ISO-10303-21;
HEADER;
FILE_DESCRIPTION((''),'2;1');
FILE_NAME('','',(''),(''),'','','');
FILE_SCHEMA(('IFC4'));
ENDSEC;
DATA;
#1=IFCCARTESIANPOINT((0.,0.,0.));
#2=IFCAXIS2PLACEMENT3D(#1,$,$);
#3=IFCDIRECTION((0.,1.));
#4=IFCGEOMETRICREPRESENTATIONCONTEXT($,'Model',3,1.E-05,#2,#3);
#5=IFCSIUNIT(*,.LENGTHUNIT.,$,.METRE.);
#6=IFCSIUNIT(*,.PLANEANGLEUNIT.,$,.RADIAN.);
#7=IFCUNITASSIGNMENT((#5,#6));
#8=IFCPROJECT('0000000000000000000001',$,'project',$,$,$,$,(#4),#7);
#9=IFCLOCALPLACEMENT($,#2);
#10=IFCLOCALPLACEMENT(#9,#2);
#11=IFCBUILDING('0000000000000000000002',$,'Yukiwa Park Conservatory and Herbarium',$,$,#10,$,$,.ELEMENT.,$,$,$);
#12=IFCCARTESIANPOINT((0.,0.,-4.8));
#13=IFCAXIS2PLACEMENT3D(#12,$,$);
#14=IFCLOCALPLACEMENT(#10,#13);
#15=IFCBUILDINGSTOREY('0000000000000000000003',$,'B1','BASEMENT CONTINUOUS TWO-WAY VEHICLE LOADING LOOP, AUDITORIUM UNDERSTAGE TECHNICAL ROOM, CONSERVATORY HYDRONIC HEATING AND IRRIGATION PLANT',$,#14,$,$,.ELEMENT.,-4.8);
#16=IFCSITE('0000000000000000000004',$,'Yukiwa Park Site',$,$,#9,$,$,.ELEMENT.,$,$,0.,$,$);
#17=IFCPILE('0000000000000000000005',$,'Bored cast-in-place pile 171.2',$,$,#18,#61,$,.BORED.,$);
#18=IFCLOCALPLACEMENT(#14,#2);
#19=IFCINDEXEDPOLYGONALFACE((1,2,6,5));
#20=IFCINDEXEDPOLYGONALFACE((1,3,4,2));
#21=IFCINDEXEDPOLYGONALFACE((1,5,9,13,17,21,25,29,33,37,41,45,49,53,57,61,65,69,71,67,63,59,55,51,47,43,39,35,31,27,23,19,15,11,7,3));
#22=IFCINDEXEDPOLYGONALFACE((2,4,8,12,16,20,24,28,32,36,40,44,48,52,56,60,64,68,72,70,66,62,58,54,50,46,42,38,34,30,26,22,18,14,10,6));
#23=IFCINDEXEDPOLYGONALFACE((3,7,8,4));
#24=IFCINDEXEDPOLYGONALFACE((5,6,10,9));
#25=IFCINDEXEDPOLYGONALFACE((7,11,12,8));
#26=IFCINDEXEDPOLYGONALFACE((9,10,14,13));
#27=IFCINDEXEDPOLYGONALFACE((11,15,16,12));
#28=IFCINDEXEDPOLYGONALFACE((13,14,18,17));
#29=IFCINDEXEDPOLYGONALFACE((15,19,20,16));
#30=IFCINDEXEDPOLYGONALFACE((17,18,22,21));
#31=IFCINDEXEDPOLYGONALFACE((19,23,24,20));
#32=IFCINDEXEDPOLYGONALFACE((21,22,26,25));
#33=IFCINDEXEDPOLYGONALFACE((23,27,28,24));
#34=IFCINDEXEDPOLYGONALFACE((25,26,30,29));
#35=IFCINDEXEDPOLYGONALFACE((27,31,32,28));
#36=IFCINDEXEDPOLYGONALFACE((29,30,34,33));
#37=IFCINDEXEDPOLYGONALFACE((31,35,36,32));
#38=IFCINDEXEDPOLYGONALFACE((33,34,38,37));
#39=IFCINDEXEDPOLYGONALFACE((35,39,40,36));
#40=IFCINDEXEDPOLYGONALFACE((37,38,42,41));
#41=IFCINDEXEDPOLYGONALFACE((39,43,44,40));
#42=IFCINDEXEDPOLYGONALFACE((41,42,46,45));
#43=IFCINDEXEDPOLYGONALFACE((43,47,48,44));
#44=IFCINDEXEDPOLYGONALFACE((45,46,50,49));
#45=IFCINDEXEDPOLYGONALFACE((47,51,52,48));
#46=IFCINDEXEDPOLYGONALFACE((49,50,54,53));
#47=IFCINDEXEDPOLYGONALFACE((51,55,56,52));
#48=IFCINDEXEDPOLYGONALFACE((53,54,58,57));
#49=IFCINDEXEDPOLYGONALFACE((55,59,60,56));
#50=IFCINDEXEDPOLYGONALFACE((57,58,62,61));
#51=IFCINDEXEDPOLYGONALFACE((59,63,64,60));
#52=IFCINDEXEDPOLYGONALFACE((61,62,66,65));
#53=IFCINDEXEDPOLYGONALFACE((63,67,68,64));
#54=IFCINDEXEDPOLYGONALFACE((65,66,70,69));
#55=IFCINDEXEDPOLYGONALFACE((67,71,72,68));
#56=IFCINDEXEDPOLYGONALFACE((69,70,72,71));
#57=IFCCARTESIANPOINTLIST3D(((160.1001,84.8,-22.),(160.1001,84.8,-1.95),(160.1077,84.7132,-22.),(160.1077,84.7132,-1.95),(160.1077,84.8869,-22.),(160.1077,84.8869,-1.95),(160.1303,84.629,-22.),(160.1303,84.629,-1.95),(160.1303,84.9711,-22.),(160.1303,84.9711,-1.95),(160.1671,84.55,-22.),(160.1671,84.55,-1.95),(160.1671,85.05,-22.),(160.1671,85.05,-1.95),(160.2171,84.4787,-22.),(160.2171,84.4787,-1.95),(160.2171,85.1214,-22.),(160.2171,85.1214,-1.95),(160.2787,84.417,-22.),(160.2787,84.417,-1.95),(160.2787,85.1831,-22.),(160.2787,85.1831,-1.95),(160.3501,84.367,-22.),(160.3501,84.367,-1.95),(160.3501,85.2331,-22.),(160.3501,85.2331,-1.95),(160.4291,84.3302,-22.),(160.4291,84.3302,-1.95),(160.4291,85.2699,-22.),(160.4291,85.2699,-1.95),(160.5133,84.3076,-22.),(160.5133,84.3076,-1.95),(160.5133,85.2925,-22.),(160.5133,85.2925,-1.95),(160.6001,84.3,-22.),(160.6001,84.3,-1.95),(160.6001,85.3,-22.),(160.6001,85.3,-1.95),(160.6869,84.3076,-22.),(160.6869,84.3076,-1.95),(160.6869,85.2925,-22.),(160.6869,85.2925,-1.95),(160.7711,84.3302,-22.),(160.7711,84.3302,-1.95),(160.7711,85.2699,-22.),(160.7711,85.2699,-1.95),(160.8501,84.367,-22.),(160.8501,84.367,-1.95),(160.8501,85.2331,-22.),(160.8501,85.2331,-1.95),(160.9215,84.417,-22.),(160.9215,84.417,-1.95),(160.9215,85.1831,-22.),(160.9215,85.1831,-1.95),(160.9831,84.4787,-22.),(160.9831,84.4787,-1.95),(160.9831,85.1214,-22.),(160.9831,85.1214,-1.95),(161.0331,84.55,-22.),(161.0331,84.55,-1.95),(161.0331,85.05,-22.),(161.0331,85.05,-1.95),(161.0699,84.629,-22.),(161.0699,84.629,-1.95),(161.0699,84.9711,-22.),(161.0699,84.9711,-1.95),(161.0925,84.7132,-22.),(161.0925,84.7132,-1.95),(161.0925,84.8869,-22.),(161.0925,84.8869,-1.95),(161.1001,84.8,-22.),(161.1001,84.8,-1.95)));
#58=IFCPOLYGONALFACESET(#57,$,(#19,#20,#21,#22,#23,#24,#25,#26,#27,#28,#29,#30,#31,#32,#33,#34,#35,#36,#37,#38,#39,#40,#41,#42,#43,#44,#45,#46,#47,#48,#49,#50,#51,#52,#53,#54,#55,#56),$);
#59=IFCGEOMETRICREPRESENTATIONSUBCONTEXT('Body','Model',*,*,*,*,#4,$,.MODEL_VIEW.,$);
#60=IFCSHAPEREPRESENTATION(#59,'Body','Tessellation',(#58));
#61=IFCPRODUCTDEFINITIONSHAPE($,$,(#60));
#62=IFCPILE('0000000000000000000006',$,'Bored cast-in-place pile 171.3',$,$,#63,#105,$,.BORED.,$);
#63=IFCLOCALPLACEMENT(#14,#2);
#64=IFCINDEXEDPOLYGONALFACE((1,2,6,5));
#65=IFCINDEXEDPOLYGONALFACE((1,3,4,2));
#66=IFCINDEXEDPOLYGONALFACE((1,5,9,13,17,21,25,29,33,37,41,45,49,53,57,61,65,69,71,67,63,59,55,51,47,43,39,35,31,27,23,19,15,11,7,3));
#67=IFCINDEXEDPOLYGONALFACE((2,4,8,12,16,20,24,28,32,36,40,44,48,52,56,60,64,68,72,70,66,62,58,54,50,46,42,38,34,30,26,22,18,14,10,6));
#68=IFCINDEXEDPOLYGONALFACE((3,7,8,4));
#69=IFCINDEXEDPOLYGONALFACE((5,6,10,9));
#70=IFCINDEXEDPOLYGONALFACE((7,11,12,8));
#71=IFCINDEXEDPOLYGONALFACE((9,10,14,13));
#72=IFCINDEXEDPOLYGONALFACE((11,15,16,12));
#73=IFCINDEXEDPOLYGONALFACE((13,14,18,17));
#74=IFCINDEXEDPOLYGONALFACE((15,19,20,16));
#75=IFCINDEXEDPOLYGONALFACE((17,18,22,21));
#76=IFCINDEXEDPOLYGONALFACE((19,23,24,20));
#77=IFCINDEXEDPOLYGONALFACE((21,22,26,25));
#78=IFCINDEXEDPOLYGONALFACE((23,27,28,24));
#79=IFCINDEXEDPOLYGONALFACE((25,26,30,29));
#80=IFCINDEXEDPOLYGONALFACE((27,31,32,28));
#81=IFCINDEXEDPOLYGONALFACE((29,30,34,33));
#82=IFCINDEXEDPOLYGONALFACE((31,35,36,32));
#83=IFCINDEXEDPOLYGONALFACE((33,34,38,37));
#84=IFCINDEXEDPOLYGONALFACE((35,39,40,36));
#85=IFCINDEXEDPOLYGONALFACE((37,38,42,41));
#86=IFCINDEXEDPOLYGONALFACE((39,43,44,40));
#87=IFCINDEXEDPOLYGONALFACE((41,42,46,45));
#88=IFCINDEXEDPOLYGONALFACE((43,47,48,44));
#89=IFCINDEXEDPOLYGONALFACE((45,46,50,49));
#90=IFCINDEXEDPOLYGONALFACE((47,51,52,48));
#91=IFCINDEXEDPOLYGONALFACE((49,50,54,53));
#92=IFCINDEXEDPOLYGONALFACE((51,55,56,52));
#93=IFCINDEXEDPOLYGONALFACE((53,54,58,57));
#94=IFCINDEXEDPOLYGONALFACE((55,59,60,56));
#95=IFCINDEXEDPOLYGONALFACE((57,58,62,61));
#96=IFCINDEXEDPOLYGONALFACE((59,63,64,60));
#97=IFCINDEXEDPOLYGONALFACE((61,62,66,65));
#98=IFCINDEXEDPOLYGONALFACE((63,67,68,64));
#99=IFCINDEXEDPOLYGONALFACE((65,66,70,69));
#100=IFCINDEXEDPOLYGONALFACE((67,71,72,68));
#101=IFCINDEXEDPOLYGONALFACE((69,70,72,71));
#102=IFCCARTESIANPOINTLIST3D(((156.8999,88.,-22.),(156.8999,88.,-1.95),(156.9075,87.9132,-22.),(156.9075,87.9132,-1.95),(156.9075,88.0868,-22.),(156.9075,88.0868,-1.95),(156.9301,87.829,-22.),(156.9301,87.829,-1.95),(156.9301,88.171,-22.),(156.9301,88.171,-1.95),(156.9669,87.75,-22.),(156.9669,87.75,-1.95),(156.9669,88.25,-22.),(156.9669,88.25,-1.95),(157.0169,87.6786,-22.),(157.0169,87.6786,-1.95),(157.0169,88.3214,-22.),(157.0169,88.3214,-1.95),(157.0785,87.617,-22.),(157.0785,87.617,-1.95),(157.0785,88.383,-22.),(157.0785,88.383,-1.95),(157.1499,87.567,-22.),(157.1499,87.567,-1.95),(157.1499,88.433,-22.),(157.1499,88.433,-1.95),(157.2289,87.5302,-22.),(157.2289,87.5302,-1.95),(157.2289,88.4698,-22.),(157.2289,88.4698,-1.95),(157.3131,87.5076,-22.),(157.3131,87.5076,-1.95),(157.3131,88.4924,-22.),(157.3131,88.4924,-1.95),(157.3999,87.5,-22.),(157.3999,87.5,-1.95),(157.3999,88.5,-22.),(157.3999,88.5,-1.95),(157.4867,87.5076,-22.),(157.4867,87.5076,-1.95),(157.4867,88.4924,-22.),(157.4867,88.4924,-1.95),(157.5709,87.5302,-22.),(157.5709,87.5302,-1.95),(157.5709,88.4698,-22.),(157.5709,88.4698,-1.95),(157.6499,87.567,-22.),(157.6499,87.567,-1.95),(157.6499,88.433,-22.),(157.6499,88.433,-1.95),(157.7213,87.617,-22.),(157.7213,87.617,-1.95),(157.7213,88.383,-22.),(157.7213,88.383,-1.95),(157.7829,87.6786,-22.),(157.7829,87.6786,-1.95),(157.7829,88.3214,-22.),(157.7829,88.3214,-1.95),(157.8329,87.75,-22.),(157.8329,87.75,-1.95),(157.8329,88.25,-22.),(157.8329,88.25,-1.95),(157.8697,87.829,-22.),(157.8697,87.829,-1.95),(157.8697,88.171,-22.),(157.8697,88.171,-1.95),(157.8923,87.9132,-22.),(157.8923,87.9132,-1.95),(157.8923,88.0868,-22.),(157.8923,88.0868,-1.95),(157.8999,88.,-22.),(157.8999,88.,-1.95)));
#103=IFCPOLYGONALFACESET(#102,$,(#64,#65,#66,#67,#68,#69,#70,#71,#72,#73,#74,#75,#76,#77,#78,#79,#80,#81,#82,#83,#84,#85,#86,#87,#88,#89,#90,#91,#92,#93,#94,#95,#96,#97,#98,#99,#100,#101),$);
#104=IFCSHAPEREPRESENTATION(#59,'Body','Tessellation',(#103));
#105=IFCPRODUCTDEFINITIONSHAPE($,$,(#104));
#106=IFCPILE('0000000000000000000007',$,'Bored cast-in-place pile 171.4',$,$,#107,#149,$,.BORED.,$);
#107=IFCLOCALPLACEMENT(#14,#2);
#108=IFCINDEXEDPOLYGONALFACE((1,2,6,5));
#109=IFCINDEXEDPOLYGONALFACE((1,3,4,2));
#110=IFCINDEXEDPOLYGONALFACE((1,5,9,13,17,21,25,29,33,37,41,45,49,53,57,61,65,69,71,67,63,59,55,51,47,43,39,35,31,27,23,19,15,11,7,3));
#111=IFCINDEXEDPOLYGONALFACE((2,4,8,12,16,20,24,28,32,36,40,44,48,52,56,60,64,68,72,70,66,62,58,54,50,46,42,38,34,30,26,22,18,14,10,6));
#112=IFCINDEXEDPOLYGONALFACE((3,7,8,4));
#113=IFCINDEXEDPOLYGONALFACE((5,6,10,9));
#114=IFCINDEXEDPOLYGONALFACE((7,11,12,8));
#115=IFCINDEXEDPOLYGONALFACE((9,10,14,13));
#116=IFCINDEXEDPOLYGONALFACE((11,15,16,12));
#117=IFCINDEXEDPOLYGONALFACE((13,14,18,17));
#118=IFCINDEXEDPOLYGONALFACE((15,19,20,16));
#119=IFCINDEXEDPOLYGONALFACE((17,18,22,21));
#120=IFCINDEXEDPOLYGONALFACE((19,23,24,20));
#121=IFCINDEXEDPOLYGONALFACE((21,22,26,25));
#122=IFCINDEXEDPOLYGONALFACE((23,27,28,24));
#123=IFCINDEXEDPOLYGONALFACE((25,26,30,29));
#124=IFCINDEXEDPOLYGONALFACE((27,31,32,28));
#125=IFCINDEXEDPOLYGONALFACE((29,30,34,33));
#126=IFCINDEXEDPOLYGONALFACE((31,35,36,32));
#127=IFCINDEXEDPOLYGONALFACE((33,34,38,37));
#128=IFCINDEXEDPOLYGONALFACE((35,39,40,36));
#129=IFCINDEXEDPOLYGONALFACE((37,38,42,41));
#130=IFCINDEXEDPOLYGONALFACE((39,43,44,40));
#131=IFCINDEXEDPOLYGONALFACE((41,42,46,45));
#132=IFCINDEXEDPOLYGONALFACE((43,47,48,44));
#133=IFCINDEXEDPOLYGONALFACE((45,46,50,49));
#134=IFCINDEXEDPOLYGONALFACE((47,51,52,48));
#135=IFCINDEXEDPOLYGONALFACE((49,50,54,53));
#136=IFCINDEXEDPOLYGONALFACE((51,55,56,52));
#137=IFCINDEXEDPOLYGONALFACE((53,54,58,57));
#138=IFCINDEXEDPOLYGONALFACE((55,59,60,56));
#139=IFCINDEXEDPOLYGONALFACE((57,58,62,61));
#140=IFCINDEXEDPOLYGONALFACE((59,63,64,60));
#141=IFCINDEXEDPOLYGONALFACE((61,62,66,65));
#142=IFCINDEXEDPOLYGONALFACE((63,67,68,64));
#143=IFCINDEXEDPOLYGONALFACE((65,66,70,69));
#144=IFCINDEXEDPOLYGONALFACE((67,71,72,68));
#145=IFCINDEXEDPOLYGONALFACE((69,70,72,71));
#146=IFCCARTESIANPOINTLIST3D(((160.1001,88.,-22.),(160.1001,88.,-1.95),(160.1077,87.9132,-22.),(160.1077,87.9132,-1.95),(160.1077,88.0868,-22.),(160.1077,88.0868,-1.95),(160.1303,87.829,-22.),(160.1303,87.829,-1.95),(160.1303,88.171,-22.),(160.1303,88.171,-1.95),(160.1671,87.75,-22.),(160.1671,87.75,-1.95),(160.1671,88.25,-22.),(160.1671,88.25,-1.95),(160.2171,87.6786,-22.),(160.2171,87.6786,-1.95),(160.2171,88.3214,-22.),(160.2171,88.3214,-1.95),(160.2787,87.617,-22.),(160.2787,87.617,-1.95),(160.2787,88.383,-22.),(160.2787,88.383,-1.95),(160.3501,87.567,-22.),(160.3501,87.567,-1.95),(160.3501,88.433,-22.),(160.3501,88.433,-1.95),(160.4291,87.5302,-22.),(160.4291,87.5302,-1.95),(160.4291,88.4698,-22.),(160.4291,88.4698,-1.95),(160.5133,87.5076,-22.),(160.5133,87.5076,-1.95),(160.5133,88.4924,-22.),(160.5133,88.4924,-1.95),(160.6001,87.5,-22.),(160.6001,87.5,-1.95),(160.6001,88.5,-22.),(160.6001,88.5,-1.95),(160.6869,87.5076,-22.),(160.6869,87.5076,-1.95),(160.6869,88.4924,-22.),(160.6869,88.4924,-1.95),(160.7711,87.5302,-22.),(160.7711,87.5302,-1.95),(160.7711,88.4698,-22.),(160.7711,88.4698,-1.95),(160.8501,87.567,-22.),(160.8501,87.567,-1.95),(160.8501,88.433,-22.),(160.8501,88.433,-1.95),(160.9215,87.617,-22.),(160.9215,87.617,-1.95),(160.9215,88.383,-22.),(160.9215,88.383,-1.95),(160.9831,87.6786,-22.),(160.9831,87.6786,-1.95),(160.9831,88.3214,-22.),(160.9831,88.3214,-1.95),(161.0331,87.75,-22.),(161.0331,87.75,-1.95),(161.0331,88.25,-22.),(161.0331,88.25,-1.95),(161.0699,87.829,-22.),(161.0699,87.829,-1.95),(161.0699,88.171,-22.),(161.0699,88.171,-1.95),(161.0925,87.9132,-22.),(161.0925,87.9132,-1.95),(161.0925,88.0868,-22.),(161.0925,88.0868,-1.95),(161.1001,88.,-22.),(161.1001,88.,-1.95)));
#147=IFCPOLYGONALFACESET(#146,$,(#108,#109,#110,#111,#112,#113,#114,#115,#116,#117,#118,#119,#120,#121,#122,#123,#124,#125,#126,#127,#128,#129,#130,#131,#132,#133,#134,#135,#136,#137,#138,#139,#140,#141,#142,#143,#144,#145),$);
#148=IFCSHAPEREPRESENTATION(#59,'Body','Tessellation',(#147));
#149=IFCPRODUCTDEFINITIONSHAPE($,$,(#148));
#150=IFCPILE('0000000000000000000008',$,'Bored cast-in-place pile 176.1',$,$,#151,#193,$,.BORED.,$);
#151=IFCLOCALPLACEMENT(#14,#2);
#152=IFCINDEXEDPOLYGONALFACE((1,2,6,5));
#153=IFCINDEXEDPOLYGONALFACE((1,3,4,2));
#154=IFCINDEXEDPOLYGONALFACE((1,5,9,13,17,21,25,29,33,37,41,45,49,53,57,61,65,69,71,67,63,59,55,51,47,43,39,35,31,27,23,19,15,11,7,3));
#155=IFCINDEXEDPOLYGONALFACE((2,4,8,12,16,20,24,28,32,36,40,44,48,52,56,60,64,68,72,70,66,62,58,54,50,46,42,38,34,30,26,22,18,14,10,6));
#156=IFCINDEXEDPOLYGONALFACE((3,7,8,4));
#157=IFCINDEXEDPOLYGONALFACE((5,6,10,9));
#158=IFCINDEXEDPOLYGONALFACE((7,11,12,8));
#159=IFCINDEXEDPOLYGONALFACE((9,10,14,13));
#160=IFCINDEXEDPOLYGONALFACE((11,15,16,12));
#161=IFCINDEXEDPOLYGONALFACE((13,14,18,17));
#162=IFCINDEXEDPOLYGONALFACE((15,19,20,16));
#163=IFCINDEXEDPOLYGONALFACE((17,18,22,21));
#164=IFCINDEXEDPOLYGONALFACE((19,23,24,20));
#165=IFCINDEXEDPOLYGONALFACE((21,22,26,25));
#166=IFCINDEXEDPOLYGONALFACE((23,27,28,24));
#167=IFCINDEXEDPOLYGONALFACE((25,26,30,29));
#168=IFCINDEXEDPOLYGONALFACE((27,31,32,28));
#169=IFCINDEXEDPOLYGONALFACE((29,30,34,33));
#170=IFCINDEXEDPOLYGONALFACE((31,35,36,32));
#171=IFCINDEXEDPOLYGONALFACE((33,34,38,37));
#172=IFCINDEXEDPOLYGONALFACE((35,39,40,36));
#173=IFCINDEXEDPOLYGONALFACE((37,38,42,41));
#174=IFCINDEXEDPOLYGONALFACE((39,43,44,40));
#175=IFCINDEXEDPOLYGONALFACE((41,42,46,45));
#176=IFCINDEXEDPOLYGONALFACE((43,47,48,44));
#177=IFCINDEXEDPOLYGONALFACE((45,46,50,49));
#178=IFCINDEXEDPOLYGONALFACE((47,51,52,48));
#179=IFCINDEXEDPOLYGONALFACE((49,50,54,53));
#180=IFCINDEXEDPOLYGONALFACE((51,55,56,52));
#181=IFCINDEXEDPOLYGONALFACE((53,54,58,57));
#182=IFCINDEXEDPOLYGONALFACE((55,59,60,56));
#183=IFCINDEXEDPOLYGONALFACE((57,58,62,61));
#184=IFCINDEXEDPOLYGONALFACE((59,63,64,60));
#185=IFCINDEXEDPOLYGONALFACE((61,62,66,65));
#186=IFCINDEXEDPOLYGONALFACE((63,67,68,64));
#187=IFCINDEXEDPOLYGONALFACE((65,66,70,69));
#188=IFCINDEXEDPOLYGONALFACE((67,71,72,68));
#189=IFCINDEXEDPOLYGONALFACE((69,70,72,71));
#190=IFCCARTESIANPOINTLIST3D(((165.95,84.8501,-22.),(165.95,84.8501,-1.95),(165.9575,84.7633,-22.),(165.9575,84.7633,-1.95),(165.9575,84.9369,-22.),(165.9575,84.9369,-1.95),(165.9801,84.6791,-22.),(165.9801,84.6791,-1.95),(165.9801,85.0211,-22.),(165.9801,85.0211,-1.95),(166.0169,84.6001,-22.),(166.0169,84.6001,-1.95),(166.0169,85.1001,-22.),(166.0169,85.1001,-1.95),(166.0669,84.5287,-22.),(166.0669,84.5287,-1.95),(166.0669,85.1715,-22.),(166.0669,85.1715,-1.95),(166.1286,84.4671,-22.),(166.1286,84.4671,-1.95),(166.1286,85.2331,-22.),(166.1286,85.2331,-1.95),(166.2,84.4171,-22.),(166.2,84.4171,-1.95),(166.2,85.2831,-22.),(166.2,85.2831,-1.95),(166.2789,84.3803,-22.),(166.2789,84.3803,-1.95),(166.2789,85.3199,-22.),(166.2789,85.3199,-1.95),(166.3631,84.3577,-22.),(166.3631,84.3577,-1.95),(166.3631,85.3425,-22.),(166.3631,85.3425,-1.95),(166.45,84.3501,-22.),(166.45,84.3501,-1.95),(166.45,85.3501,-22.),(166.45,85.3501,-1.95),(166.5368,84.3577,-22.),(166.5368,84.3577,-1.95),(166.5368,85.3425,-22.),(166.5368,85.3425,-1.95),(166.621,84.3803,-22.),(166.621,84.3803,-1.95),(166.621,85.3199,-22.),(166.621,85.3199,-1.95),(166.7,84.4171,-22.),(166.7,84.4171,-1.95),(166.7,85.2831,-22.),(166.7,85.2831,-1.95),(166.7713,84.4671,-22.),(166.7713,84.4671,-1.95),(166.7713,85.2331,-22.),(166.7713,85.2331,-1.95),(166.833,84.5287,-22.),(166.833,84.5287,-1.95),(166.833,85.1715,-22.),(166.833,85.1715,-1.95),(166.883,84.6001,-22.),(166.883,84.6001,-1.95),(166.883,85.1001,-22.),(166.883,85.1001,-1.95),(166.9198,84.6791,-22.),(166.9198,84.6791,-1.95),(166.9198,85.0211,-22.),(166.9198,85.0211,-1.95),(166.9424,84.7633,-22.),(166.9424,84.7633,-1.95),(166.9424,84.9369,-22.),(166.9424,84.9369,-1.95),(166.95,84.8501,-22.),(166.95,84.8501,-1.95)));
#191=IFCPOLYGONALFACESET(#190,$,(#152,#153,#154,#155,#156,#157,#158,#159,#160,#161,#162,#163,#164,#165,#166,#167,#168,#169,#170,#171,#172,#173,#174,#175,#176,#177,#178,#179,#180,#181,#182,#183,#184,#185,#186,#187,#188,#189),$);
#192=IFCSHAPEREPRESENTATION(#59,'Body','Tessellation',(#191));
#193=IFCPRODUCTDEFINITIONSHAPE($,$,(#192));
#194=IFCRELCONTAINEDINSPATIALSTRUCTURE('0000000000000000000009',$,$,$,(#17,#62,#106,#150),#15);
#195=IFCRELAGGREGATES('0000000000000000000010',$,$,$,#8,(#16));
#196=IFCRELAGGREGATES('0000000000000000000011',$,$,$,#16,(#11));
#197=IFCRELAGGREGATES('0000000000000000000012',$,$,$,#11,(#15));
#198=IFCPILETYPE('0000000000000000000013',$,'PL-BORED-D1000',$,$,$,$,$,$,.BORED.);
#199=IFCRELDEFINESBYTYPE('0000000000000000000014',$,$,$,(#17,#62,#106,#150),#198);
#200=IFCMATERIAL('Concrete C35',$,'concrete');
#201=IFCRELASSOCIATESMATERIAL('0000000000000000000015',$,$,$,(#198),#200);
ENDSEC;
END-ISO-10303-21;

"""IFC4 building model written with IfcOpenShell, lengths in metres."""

from ifc_helpers import new_model, si_unit, direction, frame, origin, origin_2d, place, context, subcontext, project, spatial, circle, extrude, material, material_profile, profile_set, type_object, element, save


model = new_model("IFC4")

# Units and contexts
model_context = context("Model", 3, precision=1e-05, world=origin(), true_north=direction((0.0, 1.0)))
body_context = subcontext(model_context, "Body", "Model", "MODEL_VIEW")
ifc_project = project(units=[si_unit("LENGTHUNIT", "METRE"), si_unit("PLANEANGLEUNIT", "RADIAN")], contexts=[model_context])

# Site, building, storey
site_placement = place(None, origin())
site = spatial("IfcSite", under=ifc_project, at=site_placement, Name="Yukiwa Park Site", CompositionType="ELEMENT", RefElevation=0.0)
building_placement = place(site_placement, origin())
building = spatial("IfcBuilding", under=site, at=building_placement, Name="Yukiwa Park Conservatory and Herbarium", CompositionType="ELEMENT")
storey_placement = place(building_placement, frame((0.0, 0.0, -4.8)))
storey = spatial("IfcBuildingStorey", under=building, at=storey_placement, Name="B1", Description="BASEMENT CONTINUOUS TWO-WAY VEHICLE LOADING LOOP, AUDITORIUM UNDERSTAGE TECHNICAL ROOM, CONSERVATORY HYDRONIC HEATING AND IRRIGATION PLANT", CompositionType="ELEMENT", Elevation=-4.8)

# Piles
ifc_material_1 = material(Name="Concrete C35", Category="concrete")
ifc_material_profile_1 = material_profile(ifc_material_1, circle(Radius=0.5, at=origin_2d()), Name="PILE D1000")
ifc_profile_set_1 = profile_set([ifc_material_profile_1], Name="Concrete C35")
pile_type_1 = type_object("IfcPileType", Name="PL-BORED-D1000", PredefinedType="BORED", material=ifc_profile_set_1)
for number, where, z_axis, x_axis, name in (
    (1, (160.6001, 84.8, -1.95), (0.0, 0.0, -1.0), (1.0, 0.0, 0.0), "Bored cast-in-place pile 171.2"),
    (2, (157.3999, 88.0, -1.95), (0.0, 0.0, -1.0), (1.0, 0.0, 0.0), "Bored cast-in-place pile 171.3"),
    (3, (160.6001, 88.0, -1.95), (0.0, 0.0, -1.0), (1.0, 0.0, 0.0), "Bored cast-in-place pile 171.4"),
    (4, (166.45, 84.8501, -1.95), (0.0, 0.0, -1.0), (1.0, 0.0, 0.0), "Bored cast-in-place pile 176.1"),
):
    element("IfcPile", number, at=place(storey_placement, frame(where, z_axis=z_axis, x_axis=x_axis)), inside=storey, type_object=pile_type_1, Name=name, PredefinedType="BORED", context=body_context, shape_type="SweptSolid", body=[
        extrude(circle(Radius=0.5, at=origin_2d()), origin(), (0.0, 0.0, 1.0), 20.05),
    ])

save(model, "model.ifc")
